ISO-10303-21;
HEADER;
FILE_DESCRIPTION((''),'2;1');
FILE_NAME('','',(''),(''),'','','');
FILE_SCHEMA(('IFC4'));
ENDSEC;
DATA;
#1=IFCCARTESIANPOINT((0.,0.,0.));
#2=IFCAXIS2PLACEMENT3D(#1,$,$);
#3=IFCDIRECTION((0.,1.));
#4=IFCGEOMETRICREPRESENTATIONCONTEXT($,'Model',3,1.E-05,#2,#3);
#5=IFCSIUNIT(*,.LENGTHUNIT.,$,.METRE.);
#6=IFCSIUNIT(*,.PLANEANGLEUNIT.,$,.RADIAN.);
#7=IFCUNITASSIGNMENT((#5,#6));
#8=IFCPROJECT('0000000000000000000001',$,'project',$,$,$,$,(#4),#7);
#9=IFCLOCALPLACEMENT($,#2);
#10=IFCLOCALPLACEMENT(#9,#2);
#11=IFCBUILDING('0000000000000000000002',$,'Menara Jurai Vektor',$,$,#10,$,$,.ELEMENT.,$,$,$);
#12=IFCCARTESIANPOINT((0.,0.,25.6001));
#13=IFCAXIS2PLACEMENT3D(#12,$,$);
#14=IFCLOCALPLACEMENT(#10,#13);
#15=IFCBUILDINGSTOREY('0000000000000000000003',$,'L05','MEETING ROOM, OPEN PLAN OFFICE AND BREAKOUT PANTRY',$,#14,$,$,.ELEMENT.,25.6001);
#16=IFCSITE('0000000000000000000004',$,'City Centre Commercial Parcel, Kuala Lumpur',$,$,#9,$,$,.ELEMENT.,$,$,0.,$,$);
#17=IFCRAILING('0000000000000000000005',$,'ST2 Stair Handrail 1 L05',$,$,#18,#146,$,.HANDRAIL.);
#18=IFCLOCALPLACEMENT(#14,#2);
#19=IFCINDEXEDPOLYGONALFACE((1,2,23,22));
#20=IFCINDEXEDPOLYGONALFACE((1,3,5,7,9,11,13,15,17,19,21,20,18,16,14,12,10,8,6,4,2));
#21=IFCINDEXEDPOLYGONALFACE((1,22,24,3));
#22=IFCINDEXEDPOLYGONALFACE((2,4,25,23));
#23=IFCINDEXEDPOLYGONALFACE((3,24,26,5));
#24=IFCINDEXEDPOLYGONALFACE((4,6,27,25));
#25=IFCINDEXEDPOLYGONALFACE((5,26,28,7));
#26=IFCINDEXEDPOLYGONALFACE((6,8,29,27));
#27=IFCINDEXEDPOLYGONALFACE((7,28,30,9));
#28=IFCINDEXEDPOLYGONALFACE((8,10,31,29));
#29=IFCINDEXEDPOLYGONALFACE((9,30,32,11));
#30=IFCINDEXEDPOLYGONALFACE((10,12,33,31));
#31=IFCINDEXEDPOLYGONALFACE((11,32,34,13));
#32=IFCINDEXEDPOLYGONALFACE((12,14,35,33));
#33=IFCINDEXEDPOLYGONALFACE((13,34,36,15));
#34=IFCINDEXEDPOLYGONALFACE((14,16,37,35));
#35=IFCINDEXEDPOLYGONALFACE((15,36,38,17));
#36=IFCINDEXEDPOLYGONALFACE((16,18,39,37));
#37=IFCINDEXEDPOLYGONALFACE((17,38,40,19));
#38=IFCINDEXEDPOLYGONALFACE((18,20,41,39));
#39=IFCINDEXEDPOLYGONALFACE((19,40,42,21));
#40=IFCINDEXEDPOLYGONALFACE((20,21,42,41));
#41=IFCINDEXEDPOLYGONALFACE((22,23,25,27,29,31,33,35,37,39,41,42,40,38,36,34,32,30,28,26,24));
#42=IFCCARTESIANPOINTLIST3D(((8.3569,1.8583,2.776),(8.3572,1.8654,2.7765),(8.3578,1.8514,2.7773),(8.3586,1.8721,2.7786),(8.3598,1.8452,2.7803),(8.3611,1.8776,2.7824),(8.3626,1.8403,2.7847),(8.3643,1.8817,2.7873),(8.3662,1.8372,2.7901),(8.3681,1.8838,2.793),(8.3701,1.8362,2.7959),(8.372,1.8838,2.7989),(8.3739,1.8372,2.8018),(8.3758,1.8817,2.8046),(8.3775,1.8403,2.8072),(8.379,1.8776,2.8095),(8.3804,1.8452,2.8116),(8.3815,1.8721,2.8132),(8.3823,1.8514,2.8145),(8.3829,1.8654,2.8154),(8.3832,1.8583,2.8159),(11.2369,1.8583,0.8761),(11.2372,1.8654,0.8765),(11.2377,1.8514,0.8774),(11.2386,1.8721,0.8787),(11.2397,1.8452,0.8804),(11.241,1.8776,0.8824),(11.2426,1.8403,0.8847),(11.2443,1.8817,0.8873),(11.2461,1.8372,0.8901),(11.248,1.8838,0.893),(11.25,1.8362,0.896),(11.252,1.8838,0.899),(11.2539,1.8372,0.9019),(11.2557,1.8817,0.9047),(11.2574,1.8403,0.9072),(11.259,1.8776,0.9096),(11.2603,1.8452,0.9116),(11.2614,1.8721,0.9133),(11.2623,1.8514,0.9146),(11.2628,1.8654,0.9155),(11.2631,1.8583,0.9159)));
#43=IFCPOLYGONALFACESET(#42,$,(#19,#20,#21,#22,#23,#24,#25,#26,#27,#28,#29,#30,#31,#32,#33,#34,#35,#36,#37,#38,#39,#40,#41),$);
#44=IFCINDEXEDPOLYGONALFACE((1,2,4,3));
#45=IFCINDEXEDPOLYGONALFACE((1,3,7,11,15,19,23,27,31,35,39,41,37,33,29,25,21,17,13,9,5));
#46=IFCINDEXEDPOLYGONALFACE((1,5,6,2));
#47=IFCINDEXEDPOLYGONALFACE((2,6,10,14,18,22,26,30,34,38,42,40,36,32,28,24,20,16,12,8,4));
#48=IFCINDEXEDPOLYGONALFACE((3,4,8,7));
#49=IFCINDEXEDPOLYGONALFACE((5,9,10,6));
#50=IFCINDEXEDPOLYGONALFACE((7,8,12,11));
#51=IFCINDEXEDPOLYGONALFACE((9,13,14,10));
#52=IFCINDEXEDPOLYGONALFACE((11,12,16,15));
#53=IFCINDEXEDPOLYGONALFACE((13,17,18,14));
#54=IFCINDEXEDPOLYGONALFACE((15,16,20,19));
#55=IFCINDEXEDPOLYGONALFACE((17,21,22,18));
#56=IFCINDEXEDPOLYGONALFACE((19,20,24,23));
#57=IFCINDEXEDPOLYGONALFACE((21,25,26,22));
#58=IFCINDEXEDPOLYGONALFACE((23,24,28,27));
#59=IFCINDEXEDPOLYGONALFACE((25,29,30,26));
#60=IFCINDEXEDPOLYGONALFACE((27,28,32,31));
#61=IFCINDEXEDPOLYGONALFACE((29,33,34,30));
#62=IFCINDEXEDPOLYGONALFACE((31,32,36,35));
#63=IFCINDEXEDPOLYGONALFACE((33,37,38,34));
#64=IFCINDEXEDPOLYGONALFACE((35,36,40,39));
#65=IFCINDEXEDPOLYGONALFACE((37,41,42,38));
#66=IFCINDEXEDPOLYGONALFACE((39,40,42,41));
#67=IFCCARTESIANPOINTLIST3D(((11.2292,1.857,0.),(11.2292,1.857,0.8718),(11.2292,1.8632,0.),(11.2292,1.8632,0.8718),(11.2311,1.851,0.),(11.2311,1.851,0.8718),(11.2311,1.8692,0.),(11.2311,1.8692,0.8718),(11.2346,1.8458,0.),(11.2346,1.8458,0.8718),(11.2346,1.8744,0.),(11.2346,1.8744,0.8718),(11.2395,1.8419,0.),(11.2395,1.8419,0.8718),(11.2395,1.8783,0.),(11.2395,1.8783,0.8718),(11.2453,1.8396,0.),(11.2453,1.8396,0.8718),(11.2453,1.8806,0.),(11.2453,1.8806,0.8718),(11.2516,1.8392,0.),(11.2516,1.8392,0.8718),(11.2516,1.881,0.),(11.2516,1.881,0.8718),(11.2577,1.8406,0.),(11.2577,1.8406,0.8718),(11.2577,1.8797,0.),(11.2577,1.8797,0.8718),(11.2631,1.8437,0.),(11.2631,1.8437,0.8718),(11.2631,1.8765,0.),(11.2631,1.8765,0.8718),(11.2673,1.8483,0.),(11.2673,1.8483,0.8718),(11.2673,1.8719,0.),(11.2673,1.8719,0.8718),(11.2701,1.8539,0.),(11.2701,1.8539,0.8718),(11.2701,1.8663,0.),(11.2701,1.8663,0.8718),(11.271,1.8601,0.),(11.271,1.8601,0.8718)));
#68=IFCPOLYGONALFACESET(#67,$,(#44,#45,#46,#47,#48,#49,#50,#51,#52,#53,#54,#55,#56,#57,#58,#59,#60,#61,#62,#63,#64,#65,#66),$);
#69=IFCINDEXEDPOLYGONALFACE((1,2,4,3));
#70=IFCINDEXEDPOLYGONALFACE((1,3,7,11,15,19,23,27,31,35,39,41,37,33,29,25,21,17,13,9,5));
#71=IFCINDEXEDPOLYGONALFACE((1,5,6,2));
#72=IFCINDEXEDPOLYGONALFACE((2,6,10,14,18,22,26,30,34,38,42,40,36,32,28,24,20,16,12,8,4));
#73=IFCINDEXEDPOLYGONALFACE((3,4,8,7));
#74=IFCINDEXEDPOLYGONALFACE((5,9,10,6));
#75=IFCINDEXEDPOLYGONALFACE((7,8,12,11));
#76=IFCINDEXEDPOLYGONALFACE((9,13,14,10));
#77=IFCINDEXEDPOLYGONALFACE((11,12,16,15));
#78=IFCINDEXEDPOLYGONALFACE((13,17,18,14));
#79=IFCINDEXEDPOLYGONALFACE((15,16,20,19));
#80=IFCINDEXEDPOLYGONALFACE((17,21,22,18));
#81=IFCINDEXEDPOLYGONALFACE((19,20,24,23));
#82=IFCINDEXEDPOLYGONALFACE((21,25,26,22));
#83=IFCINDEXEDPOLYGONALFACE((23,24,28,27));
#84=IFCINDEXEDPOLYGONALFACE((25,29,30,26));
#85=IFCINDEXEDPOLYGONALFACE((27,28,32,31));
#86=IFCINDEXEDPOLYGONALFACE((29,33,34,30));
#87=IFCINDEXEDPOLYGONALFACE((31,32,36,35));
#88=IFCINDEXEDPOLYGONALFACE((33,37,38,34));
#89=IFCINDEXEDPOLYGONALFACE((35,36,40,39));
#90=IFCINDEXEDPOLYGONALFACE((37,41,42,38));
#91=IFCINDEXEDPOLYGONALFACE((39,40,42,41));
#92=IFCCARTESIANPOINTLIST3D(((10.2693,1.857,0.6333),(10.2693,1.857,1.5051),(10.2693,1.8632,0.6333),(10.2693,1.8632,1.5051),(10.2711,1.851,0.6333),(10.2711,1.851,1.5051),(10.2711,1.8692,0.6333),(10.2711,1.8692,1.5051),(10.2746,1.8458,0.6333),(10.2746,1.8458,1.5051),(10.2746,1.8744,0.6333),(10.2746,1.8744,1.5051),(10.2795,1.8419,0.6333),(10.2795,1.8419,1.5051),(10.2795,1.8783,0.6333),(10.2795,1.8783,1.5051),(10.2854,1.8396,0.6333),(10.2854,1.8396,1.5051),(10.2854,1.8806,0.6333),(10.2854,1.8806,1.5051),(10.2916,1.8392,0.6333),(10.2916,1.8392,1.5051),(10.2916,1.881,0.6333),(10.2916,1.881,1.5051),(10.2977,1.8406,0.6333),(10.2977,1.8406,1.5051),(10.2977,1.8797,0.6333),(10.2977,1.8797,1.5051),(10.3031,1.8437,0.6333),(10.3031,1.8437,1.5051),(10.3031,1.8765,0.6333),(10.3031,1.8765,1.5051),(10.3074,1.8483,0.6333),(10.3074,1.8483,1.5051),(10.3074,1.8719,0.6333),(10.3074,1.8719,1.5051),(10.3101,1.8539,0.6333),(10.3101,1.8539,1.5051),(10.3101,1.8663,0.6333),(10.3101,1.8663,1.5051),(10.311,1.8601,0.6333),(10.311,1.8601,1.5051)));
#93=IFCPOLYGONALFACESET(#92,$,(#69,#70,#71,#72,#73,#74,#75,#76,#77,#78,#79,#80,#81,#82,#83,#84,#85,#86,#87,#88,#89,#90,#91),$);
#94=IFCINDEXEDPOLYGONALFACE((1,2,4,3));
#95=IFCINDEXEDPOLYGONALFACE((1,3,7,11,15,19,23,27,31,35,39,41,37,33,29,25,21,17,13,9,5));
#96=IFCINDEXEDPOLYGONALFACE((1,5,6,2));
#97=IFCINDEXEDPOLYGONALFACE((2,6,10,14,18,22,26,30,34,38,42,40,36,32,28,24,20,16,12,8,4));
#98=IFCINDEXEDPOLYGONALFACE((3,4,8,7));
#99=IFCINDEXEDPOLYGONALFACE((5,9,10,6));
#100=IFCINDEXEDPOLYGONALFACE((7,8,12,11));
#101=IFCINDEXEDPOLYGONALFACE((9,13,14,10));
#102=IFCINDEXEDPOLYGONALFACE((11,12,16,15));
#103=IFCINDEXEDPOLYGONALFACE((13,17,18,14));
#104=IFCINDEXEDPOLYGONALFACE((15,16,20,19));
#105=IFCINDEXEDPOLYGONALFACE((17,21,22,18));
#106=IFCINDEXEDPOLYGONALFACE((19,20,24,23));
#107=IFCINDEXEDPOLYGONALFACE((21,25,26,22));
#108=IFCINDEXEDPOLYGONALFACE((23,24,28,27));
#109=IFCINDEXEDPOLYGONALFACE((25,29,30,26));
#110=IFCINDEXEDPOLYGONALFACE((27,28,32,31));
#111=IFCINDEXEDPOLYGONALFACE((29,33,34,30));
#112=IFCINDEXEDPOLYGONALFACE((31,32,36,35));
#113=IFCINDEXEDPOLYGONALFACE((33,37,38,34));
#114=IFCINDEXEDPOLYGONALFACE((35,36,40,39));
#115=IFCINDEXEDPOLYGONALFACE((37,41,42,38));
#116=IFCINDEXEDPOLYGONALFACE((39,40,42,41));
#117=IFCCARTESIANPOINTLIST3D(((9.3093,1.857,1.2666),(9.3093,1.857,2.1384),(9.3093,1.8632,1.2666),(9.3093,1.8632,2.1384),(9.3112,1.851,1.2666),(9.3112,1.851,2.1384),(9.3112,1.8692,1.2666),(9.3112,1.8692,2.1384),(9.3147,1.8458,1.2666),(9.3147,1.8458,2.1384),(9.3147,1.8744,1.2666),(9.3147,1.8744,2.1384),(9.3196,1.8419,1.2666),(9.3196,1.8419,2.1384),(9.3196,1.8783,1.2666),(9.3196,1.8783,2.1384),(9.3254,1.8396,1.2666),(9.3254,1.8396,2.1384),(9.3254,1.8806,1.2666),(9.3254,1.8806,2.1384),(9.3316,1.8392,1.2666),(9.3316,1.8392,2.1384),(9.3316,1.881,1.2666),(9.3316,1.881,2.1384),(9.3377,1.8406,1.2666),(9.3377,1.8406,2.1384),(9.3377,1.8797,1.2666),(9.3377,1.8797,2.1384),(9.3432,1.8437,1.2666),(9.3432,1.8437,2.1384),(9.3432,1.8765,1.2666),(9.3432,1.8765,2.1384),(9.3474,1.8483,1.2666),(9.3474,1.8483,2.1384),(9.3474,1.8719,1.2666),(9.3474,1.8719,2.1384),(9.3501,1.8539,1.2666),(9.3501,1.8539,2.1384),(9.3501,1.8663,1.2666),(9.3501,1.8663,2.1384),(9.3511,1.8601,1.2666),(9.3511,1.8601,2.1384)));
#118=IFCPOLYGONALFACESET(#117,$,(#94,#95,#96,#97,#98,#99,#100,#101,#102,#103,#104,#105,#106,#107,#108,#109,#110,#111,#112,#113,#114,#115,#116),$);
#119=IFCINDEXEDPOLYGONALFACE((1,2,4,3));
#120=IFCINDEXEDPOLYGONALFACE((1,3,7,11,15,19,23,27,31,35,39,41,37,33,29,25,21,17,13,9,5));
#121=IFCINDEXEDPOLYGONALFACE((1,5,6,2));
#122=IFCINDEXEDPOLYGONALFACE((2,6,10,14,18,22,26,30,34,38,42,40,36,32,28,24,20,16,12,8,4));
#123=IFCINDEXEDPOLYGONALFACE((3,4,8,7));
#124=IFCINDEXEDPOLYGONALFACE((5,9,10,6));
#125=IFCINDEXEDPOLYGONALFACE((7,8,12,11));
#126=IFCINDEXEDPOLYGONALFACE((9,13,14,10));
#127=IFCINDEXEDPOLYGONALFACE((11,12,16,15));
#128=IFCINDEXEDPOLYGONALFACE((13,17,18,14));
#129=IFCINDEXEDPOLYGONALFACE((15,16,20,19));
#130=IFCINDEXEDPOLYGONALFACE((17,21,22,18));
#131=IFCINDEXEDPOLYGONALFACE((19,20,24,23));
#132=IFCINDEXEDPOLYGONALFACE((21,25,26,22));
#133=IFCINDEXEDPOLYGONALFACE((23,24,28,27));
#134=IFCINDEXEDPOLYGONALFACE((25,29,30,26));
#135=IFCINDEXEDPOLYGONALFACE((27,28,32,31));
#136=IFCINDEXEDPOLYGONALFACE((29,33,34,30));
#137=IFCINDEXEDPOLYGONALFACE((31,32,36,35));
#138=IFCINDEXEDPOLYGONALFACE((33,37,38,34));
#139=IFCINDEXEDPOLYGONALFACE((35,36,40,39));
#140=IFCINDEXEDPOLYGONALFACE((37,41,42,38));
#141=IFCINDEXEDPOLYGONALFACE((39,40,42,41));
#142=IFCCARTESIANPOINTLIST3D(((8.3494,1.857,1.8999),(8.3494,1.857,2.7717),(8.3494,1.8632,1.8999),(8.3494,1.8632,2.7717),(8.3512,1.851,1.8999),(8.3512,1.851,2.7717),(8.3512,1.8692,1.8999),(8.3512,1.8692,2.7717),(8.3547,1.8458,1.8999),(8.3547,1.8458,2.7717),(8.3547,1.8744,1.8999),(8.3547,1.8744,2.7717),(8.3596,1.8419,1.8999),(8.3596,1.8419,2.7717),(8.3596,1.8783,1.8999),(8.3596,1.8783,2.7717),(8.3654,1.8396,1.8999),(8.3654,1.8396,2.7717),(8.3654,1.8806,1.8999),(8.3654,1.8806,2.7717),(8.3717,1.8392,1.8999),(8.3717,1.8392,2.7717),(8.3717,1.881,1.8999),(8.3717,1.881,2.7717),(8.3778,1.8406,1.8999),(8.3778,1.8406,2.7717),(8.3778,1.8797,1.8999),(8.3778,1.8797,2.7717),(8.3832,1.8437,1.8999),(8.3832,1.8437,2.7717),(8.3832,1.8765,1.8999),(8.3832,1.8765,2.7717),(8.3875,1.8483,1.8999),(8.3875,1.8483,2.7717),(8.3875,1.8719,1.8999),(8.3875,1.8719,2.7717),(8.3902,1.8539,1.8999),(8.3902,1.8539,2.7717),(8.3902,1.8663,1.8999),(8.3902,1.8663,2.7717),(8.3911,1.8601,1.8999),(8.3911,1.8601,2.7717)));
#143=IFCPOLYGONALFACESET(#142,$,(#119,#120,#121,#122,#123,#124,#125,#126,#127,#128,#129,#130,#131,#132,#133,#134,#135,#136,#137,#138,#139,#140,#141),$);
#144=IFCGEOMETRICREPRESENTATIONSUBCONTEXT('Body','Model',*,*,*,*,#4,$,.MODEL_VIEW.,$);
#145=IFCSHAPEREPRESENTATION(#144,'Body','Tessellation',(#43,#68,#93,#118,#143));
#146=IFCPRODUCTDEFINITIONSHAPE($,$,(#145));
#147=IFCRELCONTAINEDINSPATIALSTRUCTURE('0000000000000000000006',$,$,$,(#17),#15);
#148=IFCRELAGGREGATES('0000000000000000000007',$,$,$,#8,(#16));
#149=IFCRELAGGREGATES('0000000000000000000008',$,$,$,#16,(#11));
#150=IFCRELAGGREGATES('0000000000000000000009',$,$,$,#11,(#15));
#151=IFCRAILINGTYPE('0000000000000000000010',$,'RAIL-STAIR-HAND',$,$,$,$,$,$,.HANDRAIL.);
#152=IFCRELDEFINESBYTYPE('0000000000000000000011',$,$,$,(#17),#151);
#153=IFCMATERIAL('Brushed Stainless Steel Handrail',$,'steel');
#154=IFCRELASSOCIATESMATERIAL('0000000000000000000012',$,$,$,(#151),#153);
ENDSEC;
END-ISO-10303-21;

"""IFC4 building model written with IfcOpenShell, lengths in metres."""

from ifc_helpers import new_model, si_unit, direction, frame, origin, origin_2d, place, context, subcontext, project, spatial, circle, extrude, material, type_object, element, save


model = new_model("IFC4")

# Units and contexts
model_context = context("Model", 3, precision=1e-05, world=origin(), true_north=direction((0.0, 1.0)))
body_context = subcontext(model_context, "Body", "Model", "MODEL_VIEW")
ifc_project = project(units=[si_unit("LENGTHUNIT", "METRE"), si_unit("PLANEANGLEUNIT", "RADIAN")], contexts=[model_context])

# Site, building, storey
site_placement = place(None, origin())
site = spatial("IfcSite", under=ifc_project, at=site_placement, Name="City Centre Commercial Parcel, Kuala Lumpur", CompositionType="ELEMENT", RefElevation=0.0)
building_placement = place(site_placement, origin())
building = spatial("IfcBuilding", under=site, at=building_placement, Name="Menara Jurai Vektor", CompositionType="ELEMENT")
storey_placement = place(building_placement, frame((0.0, 0.0, 25.6001)))
storey = spatial("IfcBuildingStorey", under=building, at=storey_placement, Name="L05", Description="MEETING ROOM, OPEN PLAN OFFICE AND BREAKOUT PANTRY", CompositionType="ELEMENT", Elevation=25.6001)

# Railing
ifc_material_1 = material(Name="Brushed Stainless Steel Handrail", Category="steel")
railing_type_1 = type_object("IfcRailingType", Name="RAIL-STAIR-HAND", PredefinedType="HANDRAIL", material=ifc_material_1)
railing_1_placement = place(storey_placement, frame((11.25, 1.8601, 0.0)))
element("IfcRailing", 1, at=railing_1_placement, inside=storey, type_object=railing_type_1, Name="ST2 Stair Handrail 1 L05", PredefinedType="HANDRAIL", context=body_context, shape_type="SweptSolid", body=[
    extrude(circle(Radius=0.0239, at=origin_2d()), frame((0.0, 0.0, 0.896), z_axis=(-0.834719, 0.0, 0.550677), x_axis=(0.0, -1.0, 0.0)), (0.0, 0.0, 1.0), 3.4502),
    extrude(circle(Radius=0.021, at=origin_2d()), origin(), (0.0, 0.0, 1.0), 0.8718),
    extrude(circle(Radius=0.021, at=origin_2d()), frame((-0.96, 0.0, 0.6333)), (0.0, 0.0, 1.0), 0.8718),
    extrude(circle(Radius=0.021, at=origin_2d()), frame((-1.9199, 0.0, 1.2666)), (0.0, 0.0, 1.0), 0.8718),
    extrude(circle(Radius=0.021, at=origin_2d()), frame((-2.8799, 0.0, 1.8999)), (0.0, 0.0, 1.0), 0.8718),
])

save(model, "model.ifc")
